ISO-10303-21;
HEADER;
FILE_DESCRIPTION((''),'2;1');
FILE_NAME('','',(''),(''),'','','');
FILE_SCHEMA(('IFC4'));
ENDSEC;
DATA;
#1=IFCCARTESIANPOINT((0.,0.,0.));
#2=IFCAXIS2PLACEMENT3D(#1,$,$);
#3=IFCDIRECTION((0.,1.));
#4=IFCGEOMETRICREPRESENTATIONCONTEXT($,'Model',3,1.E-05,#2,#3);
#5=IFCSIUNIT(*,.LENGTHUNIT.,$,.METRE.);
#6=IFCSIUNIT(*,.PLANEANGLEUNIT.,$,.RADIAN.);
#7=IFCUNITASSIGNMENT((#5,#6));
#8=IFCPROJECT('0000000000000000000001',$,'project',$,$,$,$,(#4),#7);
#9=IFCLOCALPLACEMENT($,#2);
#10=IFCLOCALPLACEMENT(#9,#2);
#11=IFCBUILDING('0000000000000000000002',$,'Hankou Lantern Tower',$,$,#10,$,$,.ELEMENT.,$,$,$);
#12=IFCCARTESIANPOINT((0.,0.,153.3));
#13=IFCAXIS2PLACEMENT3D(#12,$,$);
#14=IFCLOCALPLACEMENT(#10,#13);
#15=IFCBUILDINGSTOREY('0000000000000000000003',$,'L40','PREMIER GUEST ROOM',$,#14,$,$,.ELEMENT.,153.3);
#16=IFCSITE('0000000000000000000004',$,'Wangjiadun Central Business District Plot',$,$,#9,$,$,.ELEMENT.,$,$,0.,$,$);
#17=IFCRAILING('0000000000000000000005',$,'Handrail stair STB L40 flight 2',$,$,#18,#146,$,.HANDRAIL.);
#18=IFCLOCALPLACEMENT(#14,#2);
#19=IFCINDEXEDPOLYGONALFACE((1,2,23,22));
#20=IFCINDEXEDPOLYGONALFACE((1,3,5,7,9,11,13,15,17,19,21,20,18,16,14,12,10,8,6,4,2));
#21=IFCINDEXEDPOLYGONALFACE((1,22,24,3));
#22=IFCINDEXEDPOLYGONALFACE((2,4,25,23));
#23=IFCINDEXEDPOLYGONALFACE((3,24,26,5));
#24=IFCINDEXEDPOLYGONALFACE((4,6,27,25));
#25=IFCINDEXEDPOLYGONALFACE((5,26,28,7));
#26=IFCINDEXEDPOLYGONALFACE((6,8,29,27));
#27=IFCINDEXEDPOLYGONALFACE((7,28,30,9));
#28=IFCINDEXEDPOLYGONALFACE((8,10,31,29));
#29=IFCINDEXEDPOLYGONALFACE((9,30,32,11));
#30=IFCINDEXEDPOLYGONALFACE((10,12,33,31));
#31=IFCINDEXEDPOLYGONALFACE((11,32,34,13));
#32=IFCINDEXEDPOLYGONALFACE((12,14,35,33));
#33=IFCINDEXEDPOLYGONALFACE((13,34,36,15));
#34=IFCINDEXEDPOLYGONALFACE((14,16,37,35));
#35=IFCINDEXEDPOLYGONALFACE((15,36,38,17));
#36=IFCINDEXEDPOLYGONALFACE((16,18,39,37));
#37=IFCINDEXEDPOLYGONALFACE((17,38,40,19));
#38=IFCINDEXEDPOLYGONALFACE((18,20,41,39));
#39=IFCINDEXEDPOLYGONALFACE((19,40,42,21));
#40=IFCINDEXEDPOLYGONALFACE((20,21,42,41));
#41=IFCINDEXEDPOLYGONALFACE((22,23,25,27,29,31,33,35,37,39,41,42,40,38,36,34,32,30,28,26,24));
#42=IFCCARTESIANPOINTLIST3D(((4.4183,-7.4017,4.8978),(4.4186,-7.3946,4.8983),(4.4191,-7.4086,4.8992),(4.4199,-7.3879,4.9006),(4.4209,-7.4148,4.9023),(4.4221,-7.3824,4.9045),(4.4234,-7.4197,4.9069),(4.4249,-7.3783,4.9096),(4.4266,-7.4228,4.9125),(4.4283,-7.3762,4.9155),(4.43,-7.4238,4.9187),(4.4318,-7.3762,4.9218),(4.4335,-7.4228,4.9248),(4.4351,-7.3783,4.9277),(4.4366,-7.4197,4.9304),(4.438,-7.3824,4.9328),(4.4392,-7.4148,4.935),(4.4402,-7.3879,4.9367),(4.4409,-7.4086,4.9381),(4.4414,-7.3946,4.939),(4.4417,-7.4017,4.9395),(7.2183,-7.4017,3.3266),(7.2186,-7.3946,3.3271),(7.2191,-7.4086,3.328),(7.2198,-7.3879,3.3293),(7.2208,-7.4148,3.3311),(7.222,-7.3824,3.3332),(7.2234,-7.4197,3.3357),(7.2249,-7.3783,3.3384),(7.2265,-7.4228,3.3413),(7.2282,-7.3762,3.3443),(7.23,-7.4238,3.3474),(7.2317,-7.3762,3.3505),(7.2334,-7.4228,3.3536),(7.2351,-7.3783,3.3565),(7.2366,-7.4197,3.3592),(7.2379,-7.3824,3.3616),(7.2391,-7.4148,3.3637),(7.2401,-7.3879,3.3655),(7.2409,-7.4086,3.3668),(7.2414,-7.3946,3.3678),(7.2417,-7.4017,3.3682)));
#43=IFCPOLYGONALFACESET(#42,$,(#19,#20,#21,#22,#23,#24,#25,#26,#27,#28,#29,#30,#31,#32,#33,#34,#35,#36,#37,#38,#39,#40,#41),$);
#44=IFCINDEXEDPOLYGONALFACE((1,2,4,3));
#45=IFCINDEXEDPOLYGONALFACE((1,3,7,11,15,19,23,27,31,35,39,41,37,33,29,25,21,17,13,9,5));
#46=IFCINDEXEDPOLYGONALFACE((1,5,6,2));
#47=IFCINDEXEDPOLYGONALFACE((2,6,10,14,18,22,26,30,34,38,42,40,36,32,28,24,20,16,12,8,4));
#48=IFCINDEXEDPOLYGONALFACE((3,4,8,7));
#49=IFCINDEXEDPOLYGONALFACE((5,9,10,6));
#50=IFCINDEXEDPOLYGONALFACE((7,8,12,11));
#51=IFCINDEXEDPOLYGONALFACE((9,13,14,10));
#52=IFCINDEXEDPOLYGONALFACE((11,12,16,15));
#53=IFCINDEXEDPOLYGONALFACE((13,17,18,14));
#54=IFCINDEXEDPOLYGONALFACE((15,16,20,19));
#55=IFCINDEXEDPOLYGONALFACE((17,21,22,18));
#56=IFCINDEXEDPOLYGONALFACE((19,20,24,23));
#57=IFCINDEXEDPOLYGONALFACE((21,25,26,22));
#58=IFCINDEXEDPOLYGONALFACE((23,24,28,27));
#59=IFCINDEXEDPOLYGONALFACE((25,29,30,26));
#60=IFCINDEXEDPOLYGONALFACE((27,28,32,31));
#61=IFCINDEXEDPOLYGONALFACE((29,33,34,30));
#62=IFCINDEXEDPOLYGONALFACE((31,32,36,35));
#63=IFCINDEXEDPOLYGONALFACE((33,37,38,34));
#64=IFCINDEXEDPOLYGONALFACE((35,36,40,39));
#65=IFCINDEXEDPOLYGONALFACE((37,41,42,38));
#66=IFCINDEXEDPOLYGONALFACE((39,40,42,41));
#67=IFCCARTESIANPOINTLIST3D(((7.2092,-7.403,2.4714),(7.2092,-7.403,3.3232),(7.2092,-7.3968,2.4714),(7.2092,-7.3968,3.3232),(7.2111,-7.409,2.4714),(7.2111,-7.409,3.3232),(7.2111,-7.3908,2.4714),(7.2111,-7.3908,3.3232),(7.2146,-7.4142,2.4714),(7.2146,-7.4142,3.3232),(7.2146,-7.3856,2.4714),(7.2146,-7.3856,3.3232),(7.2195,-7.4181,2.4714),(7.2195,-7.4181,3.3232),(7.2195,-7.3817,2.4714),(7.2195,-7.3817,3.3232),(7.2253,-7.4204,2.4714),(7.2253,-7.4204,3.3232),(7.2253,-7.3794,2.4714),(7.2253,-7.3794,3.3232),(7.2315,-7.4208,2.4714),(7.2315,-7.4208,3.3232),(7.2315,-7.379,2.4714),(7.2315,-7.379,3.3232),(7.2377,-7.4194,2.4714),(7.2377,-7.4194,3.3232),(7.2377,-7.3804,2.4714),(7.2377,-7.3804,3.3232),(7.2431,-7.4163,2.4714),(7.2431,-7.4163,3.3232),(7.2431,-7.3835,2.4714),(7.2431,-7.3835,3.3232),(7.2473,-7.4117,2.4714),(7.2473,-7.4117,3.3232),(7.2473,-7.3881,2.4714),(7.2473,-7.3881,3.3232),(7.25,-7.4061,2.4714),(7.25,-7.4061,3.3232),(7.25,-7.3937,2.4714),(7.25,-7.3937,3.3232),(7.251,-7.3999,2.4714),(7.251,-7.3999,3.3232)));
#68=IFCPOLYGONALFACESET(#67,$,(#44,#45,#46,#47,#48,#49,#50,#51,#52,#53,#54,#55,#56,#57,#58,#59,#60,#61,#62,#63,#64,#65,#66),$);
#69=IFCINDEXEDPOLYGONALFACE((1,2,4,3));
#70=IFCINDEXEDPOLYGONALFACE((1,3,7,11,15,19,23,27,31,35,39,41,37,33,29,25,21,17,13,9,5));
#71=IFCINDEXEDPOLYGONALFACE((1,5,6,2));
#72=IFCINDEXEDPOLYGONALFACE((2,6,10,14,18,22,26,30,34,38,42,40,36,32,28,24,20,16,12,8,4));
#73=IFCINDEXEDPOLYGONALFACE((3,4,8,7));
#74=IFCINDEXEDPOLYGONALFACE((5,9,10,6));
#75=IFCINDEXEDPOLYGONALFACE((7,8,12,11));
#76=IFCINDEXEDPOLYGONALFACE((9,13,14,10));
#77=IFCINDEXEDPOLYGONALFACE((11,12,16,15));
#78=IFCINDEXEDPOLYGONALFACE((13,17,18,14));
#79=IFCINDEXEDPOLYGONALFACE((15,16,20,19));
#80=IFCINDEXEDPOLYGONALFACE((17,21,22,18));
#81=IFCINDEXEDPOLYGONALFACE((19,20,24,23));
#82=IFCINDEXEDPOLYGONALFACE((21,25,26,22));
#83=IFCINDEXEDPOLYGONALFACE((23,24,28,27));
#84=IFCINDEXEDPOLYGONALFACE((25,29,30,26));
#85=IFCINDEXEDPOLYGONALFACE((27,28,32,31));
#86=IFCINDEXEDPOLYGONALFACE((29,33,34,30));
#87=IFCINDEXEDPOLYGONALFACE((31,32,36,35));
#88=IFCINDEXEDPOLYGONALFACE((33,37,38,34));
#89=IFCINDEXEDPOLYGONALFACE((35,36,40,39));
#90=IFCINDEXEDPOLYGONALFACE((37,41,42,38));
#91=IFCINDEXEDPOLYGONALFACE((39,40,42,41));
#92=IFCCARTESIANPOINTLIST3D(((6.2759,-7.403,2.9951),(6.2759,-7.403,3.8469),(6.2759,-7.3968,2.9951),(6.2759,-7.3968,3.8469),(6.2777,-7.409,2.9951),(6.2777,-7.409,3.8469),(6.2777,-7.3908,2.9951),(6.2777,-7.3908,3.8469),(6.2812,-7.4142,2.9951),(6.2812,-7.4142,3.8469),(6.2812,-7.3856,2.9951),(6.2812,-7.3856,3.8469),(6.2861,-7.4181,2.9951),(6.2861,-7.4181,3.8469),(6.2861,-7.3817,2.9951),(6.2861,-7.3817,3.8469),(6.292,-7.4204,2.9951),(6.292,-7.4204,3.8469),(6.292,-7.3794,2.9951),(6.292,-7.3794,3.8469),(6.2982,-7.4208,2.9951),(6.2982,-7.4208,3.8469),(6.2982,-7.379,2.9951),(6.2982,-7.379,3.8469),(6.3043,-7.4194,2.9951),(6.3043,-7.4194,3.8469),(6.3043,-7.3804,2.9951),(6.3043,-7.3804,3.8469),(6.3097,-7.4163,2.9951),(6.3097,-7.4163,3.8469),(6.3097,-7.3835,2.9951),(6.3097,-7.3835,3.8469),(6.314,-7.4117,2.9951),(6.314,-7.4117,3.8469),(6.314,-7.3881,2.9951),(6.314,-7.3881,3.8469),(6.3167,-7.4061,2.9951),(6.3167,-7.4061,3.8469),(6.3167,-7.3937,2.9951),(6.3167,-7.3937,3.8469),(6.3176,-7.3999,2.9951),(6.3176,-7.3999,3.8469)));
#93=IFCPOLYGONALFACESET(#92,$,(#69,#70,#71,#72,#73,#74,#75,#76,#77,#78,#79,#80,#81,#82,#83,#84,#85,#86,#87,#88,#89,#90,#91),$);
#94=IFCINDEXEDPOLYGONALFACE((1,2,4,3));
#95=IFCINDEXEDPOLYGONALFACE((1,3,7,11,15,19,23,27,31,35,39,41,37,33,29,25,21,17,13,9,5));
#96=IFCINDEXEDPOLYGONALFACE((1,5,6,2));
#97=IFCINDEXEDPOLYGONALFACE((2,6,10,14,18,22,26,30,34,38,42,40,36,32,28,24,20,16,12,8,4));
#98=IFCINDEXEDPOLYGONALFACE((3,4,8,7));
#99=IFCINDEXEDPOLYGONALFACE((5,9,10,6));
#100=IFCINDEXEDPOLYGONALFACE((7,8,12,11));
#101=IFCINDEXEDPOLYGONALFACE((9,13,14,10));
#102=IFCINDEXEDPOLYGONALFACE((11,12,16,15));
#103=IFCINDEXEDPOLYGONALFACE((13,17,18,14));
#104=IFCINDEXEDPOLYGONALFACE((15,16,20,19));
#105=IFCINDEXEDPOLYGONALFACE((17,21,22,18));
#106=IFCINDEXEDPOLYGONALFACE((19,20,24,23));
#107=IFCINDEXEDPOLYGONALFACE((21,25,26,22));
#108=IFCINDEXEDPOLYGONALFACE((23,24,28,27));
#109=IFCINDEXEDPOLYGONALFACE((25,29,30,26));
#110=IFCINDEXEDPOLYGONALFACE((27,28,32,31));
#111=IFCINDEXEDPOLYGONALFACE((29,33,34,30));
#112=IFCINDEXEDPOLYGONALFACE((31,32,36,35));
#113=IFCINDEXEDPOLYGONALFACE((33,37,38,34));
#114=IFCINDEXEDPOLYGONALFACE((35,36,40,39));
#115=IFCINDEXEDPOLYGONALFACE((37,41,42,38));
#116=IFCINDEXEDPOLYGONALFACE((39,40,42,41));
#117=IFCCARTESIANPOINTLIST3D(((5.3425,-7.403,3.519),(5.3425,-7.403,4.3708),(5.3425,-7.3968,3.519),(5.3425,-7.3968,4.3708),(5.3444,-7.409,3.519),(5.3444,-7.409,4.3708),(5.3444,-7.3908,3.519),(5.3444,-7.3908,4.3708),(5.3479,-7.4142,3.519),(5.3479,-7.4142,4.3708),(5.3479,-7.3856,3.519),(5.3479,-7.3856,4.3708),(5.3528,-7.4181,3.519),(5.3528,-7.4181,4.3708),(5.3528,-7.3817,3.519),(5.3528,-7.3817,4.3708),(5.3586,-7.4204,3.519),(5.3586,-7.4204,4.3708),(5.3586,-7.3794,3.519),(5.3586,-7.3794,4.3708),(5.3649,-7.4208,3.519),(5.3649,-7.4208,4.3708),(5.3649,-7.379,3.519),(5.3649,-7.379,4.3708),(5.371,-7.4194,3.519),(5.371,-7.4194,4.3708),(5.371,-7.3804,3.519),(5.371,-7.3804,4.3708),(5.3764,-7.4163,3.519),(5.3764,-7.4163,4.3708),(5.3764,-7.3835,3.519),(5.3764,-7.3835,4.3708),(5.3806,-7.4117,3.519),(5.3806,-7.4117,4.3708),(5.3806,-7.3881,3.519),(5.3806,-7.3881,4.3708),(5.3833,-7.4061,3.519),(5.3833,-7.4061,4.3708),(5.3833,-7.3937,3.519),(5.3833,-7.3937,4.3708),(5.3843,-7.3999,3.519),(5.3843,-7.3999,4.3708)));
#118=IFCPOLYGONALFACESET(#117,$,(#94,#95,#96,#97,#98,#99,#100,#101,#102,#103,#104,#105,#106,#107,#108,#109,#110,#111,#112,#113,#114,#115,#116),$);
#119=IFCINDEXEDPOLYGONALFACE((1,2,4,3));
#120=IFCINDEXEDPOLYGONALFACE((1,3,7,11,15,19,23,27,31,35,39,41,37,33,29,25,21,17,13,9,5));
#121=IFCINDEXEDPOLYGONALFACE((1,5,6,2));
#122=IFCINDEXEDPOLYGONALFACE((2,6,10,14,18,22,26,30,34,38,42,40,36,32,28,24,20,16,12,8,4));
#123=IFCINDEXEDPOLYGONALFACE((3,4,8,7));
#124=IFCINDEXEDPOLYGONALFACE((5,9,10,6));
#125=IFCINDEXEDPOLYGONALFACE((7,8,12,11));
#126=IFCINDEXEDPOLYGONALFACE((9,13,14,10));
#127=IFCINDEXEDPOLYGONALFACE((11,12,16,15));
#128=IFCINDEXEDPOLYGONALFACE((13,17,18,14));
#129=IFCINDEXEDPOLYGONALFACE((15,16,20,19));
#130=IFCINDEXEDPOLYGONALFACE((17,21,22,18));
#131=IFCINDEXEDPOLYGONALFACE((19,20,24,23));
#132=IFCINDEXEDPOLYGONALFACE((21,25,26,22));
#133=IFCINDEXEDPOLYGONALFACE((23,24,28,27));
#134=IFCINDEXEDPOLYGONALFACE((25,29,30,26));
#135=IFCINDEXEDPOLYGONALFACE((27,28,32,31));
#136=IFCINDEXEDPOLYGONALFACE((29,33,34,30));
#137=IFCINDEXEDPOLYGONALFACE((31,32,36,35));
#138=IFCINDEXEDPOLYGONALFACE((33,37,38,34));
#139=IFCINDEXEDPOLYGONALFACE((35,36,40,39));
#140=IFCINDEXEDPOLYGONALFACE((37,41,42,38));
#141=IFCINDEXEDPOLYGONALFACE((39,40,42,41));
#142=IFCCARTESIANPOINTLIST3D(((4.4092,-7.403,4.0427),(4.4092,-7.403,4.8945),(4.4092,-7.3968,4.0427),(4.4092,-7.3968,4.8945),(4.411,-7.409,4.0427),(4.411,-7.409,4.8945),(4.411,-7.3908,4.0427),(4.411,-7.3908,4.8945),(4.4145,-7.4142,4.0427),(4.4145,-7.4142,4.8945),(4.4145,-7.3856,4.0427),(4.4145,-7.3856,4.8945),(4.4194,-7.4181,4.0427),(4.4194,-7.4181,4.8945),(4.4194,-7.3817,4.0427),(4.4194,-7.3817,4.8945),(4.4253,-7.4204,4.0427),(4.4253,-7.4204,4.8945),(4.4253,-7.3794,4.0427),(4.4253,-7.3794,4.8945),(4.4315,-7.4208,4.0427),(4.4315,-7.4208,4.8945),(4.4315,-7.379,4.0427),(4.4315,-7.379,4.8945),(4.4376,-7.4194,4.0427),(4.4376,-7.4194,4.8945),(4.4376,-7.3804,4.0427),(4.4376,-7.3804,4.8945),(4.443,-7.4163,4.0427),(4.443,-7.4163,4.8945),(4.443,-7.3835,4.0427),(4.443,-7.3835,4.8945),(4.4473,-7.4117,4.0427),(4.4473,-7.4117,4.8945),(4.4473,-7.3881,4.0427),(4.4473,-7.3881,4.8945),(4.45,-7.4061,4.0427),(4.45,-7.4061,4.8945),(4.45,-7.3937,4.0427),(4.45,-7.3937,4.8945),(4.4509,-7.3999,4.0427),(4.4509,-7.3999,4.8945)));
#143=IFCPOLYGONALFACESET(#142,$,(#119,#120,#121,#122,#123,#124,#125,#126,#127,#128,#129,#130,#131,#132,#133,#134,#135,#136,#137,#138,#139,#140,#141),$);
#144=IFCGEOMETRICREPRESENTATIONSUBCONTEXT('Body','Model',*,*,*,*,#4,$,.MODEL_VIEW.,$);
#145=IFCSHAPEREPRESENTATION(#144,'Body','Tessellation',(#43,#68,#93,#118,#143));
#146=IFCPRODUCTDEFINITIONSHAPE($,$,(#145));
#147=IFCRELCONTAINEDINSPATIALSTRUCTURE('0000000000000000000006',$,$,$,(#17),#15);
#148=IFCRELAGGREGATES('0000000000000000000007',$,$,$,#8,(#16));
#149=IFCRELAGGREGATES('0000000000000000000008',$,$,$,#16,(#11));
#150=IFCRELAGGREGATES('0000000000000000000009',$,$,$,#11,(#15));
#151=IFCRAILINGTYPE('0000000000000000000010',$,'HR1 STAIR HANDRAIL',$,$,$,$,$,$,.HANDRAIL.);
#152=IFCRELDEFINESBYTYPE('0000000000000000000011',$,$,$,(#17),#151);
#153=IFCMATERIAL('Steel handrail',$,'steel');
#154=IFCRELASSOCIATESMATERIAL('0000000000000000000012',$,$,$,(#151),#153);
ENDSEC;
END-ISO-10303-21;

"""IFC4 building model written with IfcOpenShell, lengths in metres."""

from ifc_helpers import new_model, si_unit, direction, frame, origin, origin_2d, place, context, subcontext, project, spatial, circle, extrude, material, type_object, element, save


model = new_model("IFC4")

# Units and contexts
model_context = context("Model", 3, precision=1e-05, world=origin(), true_north=direction((0.0, 1.0)))
body_context = subcontext(model_context, "Body", "Model", "MODEL_VIEW")
ifc_project = project(units=[si_unit("LENGTHUNIT", "METRE"), si_unit("PLANEANGLEUNIT", "RADIAN")], contexts=[model_context])

# Site, building, storey
site_placement = place(None, origin())
site = spatial("IfcSite", under=ifc_project, at=site_placement, Name="Wangjiadun Central Business District Plot", CompositionType="ELEMENT", RefElevation=0.0)
building_placement = place(site_placement, origin())
building = spatial("IfcBuilding", under=site, at=building_placement, Name="Hankou Lantern Tower", CompositionType="ELEMENT")
storey_placement = place(building_placement, frame((0.0, 0.0, 153.3)))
storey = spatial("IfcBuildingStorey", under=building, at=storey_placement, Name="L40", Description="PREMIER GUEST ROOM", CompositionType="ELEMENT", Elevation=153.3)

# Railing
ifc_material_1 = material(Name="Steel handrail", Category="steel")
railing_type = type_object("IfcRailingType", Name="HR1 STAIR HANDRAIL", PredefinedType="HANDRAIL", material=ifc_material_1)
railing_1_placement = place(storey_placement, frame((7.23, -7.3999, 2.4714)))
element("IfcRailing", 1, at=railing_1_placement, inside=storey, type_object=railing_type, Name="Handrail stair STB L40 flight 2", PredefinedType="HANDRAIL", context=body_context, shape_type="SweptSolid", body=[
    extrude(circle(Radius=0.0239, at=origin_2d()), frame((0.0, 0.0, 0.876), z_axis=(-0.872073, 0.0, 0.489377), x_axis=(0.0, -1.0, 0.0)), (0.0, 0.0, 1.0), 3.2107),
    extrude(circle(Radius=0.021, at=origin_2d()), origin(), (0.0, 0.0, 1.0), 0.8518),
    extrude(circle(Radius=0.021, at=origin_2d()), frame((-0.9333, 0.0, 0.5237)), (0.0, 0.0, 1.0), 0.8518),
    extrude(circle(Radius=0.021, at=origin_2d()), frame((-1.8667, 0.0, 1.0476)), (0.0, 0.0, 1.0), 0.8518),
    extrude(circle(Radius=0.021, at=origin_2d()), frame((-2.8, 0.0, 1.5713)), (0.0, 0.0, 1.0), 0.8518),
])

save(model, "model.ifc")
